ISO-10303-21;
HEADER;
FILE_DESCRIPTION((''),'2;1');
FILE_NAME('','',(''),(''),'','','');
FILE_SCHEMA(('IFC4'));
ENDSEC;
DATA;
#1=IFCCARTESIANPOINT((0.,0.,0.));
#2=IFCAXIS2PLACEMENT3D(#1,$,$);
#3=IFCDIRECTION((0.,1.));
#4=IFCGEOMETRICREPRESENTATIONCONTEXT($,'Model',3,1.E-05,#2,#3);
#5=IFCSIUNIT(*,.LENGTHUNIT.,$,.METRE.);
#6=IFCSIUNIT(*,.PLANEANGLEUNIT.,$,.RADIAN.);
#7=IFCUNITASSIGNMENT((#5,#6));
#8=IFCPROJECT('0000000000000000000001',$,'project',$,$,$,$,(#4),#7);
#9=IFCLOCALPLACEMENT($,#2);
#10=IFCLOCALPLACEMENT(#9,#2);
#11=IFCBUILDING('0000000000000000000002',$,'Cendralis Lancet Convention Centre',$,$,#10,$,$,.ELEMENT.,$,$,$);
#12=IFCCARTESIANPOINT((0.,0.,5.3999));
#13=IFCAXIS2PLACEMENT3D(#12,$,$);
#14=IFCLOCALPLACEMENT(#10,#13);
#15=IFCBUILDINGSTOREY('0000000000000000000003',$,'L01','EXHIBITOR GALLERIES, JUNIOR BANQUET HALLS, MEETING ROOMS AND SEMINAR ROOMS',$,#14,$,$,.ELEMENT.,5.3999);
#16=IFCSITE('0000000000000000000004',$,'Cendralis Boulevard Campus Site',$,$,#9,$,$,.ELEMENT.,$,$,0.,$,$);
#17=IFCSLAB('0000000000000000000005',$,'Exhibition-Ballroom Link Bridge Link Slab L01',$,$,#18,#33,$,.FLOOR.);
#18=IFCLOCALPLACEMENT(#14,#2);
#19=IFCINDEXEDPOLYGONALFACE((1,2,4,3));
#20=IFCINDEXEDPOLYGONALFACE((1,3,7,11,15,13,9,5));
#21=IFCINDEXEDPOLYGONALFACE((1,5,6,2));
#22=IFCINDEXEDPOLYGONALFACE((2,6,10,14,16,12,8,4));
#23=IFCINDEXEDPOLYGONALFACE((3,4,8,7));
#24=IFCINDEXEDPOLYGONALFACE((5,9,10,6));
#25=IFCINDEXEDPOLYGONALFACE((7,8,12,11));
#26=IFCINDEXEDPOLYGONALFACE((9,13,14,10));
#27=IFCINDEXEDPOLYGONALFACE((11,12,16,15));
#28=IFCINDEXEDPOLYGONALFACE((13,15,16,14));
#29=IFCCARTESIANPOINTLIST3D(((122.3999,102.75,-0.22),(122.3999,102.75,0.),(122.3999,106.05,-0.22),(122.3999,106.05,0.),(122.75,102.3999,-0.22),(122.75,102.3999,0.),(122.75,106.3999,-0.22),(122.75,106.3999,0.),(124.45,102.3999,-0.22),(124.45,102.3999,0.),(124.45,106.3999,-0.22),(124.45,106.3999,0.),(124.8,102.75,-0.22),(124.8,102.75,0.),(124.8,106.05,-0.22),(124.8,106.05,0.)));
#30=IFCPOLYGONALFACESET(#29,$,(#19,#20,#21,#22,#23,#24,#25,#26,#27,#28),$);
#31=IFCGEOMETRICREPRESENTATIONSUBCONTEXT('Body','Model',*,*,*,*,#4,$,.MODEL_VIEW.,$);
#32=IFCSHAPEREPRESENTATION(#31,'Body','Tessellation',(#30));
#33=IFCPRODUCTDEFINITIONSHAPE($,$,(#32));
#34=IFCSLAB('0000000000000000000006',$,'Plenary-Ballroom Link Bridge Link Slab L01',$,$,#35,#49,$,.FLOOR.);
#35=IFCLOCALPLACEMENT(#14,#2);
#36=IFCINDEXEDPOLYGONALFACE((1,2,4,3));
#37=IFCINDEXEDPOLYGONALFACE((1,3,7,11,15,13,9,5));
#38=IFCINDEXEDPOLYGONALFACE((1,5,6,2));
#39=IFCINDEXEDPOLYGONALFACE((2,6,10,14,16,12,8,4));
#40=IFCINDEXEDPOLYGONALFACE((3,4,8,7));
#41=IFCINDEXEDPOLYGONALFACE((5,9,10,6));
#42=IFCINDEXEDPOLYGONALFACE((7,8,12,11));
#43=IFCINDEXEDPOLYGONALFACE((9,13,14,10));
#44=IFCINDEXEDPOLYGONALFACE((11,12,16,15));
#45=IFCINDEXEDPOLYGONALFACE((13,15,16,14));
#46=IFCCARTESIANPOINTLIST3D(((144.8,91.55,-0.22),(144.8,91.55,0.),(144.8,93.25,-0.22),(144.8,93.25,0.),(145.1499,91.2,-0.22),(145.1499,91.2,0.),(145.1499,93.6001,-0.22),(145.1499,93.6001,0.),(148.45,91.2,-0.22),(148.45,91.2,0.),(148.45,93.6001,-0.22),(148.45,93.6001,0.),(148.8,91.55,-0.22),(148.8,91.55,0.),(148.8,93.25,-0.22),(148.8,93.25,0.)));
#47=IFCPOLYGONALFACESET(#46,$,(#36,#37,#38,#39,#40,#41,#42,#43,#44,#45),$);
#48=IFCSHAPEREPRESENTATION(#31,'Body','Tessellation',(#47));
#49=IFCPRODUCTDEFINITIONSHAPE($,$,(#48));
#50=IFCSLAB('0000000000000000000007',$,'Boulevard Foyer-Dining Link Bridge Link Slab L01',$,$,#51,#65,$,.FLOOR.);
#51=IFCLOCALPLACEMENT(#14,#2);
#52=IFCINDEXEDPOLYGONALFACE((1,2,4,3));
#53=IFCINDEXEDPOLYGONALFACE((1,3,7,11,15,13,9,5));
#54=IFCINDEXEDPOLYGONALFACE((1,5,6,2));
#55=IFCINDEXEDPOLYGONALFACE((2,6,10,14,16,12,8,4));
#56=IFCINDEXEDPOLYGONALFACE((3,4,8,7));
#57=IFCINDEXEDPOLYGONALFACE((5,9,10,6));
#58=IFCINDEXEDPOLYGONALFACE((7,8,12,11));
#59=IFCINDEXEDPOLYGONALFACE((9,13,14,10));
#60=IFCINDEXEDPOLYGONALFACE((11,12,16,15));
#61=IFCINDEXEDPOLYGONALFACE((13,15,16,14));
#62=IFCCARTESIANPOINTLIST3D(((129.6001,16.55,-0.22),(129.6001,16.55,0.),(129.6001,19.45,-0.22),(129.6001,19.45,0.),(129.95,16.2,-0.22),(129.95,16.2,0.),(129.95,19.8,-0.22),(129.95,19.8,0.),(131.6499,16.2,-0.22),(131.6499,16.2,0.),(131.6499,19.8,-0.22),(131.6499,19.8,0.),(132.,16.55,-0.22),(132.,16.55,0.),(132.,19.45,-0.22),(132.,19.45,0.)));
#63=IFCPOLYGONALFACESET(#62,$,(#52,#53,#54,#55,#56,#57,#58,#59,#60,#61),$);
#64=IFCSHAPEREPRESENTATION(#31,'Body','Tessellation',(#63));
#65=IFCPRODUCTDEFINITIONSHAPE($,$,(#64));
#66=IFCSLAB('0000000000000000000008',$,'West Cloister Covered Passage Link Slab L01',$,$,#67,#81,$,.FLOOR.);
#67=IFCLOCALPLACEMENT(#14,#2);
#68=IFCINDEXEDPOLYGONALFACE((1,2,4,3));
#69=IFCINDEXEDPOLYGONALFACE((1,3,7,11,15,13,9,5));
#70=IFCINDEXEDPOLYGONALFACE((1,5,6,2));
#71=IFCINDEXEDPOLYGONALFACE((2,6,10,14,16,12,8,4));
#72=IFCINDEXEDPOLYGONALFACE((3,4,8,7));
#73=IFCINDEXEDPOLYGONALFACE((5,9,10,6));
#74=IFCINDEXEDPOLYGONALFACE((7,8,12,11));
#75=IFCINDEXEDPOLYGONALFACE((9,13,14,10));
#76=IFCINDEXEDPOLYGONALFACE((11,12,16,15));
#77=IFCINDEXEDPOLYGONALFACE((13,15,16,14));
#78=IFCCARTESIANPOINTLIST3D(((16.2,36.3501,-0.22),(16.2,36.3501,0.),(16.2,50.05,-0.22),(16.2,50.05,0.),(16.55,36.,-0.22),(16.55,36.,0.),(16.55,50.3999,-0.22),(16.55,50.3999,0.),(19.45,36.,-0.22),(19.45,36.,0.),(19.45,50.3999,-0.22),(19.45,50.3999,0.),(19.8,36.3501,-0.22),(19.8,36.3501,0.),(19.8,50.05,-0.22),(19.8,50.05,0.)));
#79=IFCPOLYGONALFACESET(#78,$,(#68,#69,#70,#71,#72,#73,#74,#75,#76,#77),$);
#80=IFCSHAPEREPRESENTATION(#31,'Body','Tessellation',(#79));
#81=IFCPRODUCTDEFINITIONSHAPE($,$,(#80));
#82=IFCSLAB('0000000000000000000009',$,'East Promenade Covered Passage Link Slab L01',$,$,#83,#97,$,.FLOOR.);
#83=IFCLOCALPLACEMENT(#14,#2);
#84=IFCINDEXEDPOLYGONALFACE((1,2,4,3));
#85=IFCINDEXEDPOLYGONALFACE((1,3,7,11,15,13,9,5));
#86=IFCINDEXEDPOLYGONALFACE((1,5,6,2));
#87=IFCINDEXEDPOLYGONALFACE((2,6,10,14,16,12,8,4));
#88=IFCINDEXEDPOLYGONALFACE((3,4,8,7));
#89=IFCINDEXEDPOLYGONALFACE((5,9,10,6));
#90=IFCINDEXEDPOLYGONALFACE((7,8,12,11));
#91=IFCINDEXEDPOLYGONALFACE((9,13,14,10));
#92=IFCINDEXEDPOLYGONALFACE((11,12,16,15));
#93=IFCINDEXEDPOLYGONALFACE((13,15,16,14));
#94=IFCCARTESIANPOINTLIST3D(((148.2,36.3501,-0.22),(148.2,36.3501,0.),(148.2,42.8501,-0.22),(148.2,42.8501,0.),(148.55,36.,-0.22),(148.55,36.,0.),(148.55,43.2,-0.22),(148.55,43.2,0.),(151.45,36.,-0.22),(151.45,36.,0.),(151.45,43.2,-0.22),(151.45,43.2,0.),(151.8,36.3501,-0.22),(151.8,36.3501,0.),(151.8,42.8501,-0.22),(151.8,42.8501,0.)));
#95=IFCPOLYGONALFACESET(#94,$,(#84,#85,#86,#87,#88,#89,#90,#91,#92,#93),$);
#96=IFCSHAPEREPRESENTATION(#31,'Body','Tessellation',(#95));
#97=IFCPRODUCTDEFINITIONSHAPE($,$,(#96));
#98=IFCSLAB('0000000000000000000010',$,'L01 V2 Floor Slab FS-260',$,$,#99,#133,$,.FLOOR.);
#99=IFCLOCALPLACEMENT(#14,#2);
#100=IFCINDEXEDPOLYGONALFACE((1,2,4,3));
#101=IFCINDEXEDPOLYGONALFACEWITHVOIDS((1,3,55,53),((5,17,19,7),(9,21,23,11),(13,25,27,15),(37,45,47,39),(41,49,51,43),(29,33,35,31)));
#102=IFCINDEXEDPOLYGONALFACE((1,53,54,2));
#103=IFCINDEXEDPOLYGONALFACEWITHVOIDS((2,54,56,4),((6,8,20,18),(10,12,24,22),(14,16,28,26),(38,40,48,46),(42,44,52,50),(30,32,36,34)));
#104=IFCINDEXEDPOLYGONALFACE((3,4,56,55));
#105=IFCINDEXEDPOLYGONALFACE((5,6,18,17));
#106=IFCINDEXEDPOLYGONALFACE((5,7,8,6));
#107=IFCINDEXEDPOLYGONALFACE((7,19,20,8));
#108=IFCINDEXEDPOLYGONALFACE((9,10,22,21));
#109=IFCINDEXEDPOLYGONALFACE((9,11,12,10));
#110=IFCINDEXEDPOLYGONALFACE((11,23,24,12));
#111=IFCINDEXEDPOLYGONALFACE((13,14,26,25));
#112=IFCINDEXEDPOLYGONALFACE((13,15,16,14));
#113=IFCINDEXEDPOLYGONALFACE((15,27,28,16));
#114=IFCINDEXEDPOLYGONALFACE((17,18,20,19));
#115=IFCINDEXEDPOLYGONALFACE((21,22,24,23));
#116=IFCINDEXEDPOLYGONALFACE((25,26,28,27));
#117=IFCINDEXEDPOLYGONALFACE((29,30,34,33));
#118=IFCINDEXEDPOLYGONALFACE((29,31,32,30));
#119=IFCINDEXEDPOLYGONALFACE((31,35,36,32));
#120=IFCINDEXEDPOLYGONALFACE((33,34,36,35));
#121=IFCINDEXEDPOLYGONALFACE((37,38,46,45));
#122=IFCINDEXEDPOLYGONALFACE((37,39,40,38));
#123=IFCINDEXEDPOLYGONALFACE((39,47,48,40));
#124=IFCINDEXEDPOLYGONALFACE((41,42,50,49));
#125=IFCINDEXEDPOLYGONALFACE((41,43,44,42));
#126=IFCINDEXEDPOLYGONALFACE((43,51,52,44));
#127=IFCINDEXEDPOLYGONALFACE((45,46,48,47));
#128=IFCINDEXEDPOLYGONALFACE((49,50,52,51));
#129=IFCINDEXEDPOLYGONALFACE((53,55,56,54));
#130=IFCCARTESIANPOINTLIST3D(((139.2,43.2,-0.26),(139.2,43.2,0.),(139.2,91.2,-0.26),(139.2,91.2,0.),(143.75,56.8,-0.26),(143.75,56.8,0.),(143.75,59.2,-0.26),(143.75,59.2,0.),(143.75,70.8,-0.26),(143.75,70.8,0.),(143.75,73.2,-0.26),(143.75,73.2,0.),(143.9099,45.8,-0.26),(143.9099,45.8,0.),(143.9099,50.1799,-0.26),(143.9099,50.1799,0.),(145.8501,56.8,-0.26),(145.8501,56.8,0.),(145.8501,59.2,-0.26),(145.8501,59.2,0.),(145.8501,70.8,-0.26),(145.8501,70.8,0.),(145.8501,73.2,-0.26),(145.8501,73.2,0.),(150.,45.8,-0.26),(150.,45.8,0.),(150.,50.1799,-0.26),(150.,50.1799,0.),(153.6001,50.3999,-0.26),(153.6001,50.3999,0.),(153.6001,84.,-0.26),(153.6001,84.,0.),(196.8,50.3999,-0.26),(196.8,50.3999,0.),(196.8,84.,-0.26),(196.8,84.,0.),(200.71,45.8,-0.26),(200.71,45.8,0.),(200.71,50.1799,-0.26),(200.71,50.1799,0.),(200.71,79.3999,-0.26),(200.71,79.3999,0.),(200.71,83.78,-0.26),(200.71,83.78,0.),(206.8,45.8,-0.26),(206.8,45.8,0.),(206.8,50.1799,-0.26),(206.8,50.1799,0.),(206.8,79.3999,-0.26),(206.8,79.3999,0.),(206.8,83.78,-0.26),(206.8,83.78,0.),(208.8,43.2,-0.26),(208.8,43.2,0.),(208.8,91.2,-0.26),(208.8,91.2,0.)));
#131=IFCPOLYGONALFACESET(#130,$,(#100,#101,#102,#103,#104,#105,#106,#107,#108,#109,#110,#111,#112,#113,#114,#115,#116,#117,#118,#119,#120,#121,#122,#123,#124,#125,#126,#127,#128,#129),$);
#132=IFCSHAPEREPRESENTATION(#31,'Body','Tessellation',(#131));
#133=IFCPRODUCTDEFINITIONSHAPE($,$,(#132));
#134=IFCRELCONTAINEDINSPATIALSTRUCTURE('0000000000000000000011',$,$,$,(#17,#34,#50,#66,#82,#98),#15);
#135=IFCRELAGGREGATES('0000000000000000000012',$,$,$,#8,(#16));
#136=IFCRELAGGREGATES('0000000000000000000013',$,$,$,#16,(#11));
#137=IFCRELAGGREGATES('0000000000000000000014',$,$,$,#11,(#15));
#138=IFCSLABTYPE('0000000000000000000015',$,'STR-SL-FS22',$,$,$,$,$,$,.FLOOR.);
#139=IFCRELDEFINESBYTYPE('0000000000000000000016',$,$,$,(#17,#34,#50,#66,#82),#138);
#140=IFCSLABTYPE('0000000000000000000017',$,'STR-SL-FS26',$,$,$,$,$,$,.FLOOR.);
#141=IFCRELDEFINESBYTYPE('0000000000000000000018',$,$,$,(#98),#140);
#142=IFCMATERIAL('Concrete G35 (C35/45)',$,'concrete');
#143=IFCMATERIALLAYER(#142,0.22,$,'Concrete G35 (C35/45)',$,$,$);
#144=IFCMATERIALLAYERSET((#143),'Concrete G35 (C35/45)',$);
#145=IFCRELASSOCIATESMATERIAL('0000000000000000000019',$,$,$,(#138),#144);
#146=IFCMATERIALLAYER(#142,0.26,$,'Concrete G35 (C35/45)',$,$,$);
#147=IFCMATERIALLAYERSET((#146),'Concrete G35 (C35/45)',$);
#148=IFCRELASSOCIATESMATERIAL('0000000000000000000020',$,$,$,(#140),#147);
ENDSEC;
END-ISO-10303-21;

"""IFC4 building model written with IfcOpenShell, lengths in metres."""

from ifc_helpers import new_model, si_unit, direction, frame, origin, place, context, subcontext, project, spatial, polyline, outline, extrude, material, layer, layer_set, type_object, element, save


model = new_model("IFC4")

# Units and contexts
model_context = context("Model", 3, precision=1e-05, world=origin(), true_north=direction((0.0, 1.0)))
body_context = subcontext(model_context, "Body", "Model", "MODEL_VIEW")
ifc_project = project(units=[si_unit("LENGTHUNIT", "METRE"), si_unit("PLANEANGLEUNIT", "RADIAN")], contexts=[model_context])

# Site, building, storey
site_placement = place(None, origin())
site = spatial("IfcSite", under=ifc_project, at=site_placement, Name="Cendralis Boulevard Campus Site", CompositionType="ELEMENT", RefElevation=0.0)
building_placement = place(site_placement, origin())
building = spatial("IfcBuilding", under=site, at=building_placement, Name="Cendralis Lancet Convention Centre", CompositionType="ELEMENT")
storey_placement = place(building_placement, frame((0.0, 0.0, 5.3999)))
storey = spatial("IfcBuildingStorey", under=building, at=storey_placement, Name="L01", Description="EXHIBITOR GALLERIES, JUNIOR BANQUET HALLS, MEETING ROOMS AND SEMINAR ROOMS", CompositionType="ELEMENT", Elevation=5.3999)

# Slabs
ifc_material_1 = material(Name="Concrete G35 (C35/45)", Category="concrete")
ifc_layer_1 = layer(ifc_material_1, 0.22, Name="Concrete G35 (C35/45)")
ifc_layer_set_1 = layer_set([ifc_layer_1], Name="Concrete G35 (C35/45)")
slab_type_1 = type_object("IfcSlabType", Name="STR-SL-FS22", PredefinedType="FLOOR", material=ifc_layer_set_1)
slab_1_placement = place(storey_placement, frame((0.0, 0.0, -0.22)))
element("IfcSlab", 1, at=slab_1_placement, inside=storey, type_object=slab_type_1, Name="Exhibition-Ballroom Link Bridge Link Slab L01", PredefinedType="FLOOR", context=body_context, shape_type="SweptSolid", body=[
    extrude(outline(polyline([(122.75, 102.3999), (124.45, 102.3999), (124.8, 102.75), (124.8, 106.05), (124.45, 106.3999), (122.75, 106.3999), (122.3999, 106.05), (122.3999, 102.75), (122.75, 102.3999)])), origin(), (0.0, 0.0, 1.0), 0.22),
])
slab_2_placement = place(storey_placement, frame((0.0, 0.0, -0.22)))
element("IfcSlab", 2, at=slab_2_placement, inside=storey, type_object=slab_type_1, Name="Plenary-Ballroom Link Bridge Link Slab L01", PredefinedType="FLOOR", context=body_context, shape_type="SweptSolid", body=[
    extrude(outline(polyline([(145.1499, 91.2), (148.45, 91.2), (148.8, 91.55), (148.8, 93.25), (148.45, 93.6001), (145.1499, 93.6001), (144.8, 93.25), (144.8, 91.55), (145.1499, 91.2)])), origin(), (0.0, 0.0, 1.0), 0.22),
])
slab_3_placement = place(storey_placement, frame((0.0, 0.0, -0.22)))
element("IfcSlab", 3, at=slab_3_placement, inside=storey, type_object=slab_type_1, Name="Boulevard Foyer-Dining Link Bridge Link Slab L01", PredefinedType="FLOOR", context=body_context, shape_type="SweptSolid", body=[
    extrude(outline(polyline([(129.95, 16.2), (131.6499, 16.2), (132.0, 16.55), (132.0, 19.45), (131.6499, 19.8), (129.95, 19.8), (129.6001, 19.45), (129.6001, 16.55), (129.95, 16.2)])), origin(), (0.0, 0.0, 1.0), 0.22),
])
slab_4_placement = place(storey_placement, frame((0.0, 0.0, -0.22)))
element("IfcSlab", 4, at=slab_4_placement, inside=storey, type_object=slab_type_1, Name="West Cloister Covered Passage Link Slab L01", PredefinedType="FLOOR", context=body_context, shape_type="SweptSolid", body=[
    extrude(outline(polyline([(16.55, 36.0), (19.45, 36.0), (19.8, 36.3501), (19.8, 50.05), (19.45, 50.3999), (16.55, 50.3999), (16.2, 50.05), (16.2, 36.3501), (16.55, 36.0)])), origin(), (0.0, 0.0, 1.0), 0.22),
])
slab_5_placement = place(storey_placement, frame((0.0, 0.0, -0.22)))
element("IfcSlab", 5, at=slab_5_placement, inside=storey, type_object=slab_type_1, Name="East Promenade Covered Passage Link Slab L01", PredefinedType="FLOOR", context=body_context, shape_type="SweptSolid", body=[
    extrude(outline(polyline([(148.55, 36.0), (151.45, 36.0), (151.8, 36.3501), (151.8, 42.8501), (151.45, 43.2), (148.55, 43.2), (148.2, 42.8501), (148.2, 36.3501), (148.55, 36.0)])), origin(), (0.0, 0.0, 1.0), 0.22),
])
ifc_layer_2 = layer(ifc_material_1, 0.26, Name="Concrete G35 (C35/45)")
ifc_layer_set_2 = layer_set([ifc_layer_2], Name="Concrete G35 (C35/45)")
slab_type_2 = type_object("IfcSlabType", Name="STR-SL-FS26", PredefinedType="FLOOR", material=ifc_layer_set_2)
slab_6_placement = place(storey_placement, frame((0.0, 0.0, -0.26)))
element("IfcSlab", 6, at=slab_6_placement, inside=storey, type_object=slab_type_2, Name="L01 V2 Floor Slab FS-260", PredefinedType="FLOOR", context=body_context, shape_type="SweptSolid", body=[
    extrude(outline(polyline([(139.2, 43.2), (208.8, 43.2), (208.8, 91.2), (139.2, 91.2), (139.2, 43.2)]), holes=[polyline([(153.6001, 50.3999), (196.8, 50.3999), (196.8, 84.0), (153.6001, 84.0), (153.6001, 50.3999)]), polyline([(143.9099, 45.8), (150.0, 45.8), (150.0, 50.1799), (143.9099, 50.1799), (143.9099, 45.8)]), polyline([(200.71, 45.8), (206.8, 45.8), (206.8, 50.1799), (200.71, 50.1799), (200.71, 45.8)]), polyline([(200.71, 79.3999), (206.8, 79.3999), (206.8, 83.78), (200.71, 83.78), (200.71, 79.3999)]), polyline([(143.75, 56.8), (145.8501, 56.8), (145.8501, 59.2), (143.75, 59.2), (143.75, 56.8)]), polyline([(143.75, 70.8), (145.8501, 70.8), (145.8501, 73.2), (143.75, 73.2), (143.75, 70.8)])]), origin(), (0.0, 0.0, 1.0), 0.26),
])

save(model, "model.ifc")
